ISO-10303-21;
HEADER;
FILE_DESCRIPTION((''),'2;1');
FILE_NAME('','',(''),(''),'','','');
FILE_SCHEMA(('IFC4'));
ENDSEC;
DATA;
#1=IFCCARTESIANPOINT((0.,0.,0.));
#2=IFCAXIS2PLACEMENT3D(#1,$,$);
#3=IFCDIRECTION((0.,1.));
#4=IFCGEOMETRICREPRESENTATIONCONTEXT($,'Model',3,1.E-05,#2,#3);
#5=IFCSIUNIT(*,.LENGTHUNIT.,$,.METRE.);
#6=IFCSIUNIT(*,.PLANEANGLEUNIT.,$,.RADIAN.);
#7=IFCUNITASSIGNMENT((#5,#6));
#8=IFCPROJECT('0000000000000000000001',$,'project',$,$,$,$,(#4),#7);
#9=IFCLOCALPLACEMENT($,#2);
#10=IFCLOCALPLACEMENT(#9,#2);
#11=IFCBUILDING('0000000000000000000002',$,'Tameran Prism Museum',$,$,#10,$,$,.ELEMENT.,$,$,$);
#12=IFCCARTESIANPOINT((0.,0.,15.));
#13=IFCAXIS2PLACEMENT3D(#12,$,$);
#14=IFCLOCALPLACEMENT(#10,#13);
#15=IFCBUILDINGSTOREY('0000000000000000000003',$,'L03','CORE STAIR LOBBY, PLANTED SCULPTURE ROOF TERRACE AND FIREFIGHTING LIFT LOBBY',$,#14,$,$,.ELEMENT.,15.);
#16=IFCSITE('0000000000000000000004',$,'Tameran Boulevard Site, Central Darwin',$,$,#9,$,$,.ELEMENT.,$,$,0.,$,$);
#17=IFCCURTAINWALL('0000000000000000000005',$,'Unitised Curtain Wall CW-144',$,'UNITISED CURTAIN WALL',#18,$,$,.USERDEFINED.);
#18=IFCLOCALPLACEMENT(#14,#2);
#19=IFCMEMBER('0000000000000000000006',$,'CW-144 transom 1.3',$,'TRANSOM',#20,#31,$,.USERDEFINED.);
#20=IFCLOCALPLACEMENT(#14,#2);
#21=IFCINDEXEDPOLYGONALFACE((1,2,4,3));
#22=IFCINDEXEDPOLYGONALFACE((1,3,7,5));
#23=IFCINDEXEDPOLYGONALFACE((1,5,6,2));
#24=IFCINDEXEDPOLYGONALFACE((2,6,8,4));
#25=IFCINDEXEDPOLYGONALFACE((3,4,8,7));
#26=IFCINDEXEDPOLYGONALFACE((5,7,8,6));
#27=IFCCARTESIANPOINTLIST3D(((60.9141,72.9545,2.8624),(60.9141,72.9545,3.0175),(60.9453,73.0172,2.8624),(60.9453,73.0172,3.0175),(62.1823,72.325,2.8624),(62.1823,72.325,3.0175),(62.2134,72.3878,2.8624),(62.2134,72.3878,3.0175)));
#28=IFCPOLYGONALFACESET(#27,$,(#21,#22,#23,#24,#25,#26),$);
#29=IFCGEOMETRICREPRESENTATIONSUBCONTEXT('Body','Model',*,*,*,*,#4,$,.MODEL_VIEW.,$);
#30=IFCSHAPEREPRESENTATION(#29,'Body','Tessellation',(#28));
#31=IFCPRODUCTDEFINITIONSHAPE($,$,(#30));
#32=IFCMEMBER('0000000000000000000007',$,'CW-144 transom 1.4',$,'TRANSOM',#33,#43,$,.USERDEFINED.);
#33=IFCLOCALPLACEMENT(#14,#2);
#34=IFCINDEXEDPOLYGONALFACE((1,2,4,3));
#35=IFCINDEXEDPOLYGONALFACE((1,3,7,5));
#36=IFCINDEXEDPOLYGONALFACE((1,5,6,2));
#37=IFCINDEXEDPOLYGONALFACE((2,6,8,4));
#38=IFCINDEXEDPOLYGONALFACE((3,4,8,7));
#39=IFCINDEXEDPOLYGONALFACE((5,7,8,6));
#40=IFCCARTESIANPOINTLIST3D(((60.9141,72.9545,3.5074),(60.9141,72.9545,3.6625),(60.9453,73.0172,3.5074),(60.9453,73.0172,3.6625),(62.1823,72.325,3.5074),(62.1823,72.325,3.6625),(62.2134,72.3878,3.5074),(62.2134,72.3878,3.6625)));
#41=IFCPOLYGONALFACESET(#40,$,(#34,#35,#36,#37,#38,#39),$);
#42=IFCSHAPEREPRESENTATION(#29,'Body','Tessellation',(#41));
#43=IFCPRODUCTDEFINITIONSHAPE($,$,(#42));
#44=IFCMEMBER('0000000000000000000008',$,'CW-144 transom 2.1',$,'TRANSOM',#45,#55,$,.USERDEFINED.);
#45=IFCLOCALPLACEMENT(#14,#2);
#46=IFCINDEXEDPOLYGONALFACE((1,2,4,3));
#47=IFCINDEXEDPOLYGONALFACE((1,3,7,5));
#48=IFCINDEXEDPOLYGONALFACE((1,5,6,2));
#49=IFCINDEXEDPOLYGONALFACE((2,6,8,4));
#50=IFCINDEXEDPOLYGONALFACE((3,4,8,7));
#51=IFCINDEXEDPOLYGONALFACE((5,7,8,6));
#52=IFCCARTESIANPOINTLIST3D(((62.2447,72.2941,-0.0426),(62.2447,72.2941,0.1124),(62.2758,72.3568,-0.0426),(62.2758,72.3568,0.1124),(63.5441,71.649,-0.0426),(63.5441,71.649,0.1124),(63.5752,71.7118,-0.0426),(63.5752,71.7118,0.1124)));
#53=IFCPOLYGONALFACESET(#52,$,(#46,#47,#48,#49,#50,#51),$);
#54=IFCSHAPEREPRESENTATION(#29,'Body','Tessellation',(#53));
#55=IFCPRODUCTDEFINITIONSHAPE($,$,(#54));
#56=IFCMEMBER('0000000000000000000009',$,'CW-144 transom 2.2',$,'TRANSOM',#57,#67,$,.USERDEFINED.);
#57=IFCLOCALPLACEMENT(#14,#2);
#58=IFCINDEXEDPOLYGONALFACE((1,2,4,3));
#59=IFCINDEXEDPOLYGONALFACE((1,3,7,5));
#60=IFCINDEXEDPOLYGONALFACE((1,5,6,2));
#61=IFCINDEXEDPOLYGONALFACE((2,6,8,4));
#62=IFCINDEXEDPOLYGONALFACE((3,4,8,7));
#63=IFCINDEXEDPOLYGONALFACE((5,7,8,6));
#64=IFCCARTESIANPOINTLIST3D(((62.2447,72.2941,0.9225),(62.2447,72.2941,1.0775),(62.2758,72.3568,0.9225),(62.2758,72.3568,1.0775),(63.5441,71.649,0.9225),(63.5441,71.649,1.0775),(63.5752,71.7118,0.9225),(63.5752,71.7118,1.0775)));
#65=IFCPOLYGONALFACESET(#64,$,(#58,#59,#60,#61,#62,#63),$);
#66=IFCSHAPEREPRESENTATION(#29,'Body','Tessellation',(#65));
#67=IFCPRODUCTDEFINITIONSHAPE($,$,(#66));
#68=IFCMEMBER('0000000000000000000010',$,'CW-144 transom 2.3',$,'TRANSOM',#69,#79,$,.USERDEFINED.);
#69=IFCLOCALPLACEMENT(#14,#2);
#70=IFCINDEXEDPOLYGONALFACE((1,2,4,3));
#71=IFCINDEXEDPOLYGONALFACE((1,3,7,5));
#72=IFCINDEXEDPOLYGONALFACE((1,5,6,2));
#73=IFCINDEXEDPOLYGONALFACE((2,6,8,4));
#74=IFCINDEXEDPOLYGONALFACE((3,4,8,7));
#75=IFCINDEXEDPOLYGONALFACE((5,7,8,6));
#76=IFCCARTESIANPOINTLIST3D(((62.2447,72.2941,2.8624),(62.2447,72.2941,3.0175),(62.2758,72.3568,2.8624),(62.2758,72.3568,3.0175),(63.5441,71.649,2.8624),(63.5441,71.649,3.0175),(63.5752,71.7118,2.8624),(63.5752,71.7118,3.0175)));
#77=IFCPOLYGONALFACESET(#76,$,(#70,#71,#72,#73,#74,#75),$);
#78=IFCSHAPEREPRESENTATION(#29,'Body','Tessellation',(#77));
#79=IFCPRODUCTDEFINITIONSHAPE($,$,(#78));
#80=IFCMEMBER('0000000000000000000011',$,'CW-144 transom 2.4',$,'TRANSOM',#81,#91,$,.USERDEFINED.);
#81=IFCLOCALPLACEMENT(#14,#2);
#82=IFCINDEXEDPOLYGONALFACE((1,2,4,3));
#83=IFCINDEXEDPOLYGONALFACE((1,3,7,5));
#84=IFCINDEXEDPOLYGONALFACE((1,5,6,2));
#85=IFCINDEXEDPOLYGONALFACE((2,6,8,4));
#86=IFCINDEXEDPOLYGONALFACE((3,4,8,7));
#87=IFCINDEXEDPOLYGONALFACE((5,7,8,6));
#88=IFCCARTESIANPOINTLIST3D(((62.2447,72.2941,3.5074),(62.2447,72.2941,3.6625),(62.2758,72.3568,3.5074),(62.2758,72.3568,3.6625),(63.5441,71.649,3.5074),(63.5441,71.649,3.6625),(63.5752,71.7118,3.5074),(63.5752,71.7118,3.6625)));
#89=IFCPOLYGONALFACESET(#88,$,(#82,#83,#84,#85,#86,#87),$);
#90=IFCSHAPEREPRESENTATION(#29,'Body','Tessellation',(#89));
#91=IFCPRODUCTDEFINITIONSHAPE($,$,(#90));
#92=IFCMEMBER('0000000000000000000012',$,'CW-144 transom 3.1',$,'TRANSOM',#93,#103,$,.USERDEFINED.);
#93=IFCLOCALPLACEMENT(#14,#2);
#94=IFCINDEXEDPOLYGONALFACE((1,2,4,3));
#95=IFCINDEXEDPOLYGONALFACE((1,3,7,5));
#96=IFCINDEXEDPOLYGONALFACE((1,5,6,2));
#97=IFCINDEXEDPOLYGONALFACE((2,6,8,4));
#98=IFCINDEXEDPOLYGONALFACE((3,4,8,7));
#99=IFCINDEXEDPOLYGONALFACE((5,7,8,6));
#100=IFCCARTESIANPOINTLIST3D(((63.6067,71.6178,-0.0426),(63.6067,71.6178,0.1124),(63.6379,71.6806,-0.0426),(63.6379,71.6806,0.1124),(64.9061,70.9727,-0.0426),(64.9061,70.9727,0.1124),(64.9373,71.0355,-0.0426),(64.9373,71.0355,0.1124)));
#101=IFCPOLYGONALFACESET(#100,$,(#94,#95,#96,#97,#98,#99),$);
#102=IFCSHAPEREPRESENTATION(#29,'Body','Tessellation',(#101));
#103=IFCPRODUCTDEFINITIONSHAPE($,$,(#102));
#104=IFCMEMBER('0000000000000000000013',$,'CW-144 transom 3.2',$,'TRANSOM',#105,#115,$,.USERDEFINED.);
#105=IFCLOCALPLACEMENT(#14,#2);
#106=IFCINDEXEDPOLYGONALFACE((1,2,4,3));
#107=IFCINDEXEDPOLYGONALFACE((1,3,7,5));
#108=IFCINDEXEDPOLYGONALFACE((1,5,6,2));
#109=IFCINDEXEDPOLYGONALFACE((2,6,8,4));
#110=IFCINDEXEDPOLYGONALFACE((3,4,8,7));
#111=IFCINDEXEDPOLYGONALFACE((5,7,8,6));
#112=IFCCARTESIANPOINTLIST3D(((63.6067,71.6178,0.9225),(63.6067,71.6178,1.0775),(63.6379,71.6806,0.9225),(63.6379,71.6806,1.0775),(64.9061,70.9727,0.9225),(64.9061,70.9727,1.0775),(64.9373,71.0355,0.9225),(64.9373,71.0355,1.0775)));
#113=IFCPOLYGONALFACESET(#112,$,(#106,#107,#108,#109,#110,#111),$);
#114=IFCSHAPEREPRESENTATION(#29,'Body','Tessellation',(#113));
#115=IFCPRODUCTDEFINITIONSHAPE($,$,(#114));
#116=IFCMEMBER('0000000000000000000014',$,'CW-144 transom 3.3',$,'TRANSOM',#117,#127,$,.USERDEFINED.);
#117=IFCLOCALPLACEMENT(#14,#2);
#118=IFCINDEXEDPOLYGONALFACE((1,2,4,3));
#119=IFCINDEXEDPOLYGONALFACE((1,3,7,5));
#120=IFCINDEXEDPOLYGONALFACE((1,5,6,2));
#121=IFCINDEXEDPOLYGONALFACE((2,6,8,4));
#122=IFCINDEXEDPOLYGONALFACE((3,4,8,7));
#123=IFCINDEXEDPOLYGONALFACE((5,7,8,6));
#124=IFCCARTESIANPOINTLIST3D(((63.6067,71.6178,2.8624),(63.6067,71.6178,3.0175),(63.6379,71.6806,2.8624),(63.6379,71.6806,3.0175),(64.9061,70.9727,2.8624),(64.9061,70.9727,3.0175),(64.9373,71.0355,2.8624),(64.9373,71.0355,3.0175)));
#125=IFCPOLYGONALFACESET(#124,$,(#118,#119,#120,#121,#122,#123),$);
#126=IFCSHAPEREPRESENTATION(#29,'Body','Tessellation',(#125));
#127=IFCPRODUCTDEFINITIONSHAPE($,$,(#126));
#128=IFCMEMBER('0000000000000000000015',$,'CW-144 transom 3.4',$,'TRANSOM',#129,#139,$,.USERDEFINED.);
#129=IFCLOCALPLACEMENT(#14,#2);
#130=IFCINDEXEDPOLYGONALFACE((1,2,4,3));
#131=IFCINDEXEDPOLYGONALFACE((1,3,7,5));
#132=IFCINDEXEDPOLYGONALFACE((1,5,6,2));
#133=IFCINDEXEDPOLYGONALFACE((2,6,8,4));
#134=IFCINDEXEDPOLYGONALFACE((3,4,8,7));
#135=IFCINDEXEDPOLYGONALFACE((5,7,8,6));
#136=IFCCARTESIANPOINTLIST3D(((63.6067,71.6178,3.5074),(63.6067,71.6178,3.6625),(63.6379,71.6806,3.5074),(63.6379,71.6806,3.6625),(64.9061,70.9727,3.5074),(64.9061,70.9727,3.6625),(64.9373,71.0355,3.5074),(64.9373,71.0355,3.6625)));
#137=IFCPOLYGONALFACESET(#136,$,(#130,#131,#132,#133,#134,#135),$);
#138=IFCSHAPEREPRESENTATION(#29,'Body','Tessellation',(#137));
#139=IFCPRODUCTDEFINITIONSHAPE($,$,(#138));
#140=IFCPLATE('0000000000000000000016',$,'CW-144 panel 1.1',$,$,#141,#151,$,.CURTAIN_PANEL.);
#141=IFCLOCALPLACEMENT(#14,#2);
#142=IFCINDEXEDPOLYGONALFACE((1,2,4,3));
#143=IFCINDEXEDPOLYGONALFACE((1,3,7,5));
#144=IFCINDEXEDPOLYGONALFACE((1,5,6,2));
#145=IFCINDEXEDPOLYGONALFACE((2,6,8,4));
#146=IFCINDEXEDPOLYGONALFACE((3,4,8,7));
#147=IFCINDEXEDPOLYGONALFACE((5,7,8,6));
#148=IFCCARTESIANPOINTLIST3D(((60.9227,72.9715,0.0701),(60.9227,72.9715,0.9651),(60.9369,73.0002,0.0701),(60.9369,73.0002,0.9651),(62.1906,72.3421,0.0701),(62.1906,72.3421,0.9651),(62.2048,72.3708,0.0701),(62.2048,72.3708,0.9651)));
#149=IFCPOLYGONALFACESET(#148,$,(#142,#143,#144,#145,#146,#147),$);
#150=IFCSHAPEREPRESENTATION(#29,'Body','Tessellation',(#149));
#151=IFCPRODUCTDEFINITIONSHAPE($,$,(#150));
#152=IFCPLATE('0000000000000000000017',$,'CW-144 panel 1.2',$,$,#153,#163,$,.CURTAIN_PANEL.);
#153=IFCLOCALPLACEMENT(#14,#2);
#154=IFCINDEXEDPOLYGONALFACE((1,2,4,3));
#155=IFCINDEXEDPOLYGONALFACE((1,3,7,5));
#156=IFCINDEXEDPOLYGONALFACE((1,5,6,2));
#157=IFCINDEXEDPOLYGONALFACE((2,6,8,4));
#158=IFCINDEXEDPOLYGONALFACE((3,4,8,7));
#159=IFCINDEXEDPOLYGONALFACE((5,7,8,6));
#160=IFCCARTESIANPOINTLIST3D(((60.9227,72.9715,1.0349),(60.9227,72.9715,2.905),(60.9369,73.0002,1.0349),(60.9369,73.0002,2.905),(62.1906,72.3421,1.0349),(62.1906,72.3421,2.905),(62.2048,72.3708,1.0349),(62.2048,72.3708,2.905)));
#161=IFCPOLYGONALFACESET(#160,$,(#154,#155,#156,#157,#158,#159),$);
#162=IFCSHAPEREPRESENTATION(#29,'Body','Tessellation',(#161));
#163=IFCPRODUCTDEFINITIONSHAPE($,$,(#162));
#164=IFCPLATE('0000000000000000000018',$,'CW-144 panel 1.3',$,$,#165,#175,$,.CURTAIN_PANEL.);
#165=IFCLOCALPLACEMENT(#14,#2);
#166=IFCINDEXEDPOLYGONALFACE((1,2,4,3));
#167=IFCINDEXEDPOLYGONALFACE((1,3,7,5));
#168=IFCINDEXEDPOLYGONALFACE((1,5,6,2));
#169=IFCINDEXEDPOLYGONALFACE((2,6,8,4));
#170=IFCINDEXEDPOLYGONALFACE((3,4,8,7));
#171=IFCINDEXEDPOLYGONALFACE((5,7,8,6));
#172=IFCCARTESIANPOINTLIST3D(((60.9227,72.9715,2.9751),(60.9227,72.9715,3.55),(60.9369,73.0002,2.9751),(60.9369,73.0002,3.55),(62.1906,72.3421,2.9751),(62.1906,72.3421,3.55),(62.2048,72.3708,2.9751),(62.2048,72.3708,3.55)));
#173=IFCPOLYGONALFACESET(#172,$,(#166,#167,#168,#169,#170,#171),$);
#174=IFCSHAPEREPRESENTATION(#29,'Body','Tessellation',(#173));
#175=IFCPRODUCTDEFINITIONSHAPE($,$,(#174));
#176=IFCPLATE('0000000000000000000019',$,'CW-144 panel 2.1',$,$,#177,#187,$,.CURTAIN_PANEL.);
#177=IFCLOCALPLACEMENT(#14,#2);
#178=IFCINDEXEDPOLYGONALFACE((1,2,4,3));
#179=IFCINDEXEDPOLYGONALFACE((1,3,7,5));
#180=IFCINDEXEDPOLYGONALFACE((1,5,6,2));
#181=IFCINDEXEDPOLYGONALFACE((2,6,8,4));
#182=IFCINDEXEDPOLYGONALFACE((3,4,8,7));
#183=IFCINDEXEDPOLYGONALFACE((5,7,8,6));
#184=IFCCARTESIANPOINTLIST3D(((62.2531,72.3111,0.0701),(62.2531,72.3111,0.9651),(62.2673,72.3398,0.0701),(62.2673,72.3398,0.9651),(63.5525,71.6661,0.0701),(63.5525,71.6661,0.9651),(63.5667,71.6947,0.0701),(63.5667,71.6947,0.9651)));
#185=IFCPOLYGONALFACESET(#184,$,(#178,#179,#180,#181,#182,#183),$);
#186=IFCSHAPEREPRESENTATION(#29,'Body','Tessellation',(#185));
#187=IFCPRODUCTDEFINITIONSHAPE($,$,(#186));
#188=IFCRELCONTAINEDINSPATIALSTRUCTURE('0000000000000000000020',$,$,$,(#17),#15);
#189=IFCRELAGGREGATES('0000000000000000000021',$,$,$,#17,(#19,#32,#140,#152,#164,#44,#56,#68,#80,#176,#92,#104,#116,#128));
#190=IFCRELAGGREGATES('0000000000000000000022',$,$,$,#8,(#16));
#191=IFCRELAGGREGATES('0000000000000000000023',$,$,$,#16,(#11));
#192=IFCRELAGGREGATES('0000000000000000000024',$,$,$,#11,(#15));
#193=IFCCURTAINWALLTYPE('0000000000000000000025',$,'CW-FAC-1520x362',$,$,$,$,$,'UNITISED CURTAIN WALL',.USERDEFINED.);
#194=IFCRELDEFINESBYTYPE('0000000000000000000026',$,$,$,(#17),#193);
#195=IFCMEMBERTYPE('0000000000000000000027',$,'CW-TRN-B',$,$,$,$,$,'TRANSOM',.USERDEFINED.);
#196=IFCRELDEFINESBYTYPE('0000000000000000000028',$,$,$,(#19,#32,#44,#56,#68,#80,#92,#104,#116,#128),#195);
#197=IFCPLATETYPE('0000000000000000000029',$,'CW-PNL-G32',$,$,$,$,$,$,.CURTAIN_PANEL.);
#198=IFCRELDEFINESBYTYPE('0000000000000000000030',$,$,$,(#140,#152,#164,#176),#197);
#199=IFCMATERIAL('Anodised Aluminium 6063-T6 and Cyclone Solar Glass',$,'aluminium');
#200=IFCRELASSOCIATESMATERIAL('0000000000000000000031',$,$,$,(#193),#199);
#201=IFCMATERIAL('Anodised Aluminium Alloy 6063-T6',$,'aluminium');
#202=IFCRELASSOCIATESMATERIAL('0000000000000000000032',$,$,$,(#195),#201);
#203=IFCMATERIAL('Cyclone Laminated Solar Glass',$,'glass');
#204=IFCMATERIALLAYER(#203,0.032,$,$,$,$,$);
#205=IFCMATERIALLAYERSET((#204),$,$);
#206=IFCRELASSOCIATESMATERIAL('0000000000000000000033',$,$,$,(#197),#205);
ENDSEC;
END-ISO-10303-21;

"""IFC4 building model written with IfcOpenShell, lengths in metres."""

from ifc_helpers import new_model, si_unit, direction, frame, origin, origin_2d, place, context, subcontext, project, spatial, rectangle, extrude, material, layer, layer_set, material_profile, profile_set, type_object, element, aggregate, save


model = new_model("IFC4")

# Units and contexts
model_context = context("Model", 3, precision=1e-05, world=origin(), true_north=direction((0.0, 1.0)))
body_context = subcontext(model_context, "Body", "Model", "MODEL_VIEW")
ifc_project = project(units=[si_unit("LENGTHUNIT", "METRE"), si_unit("PLANEANGLEUNIT", "RADIAN")], contexts=[model_context])

# Site, building, storey
site_placement = place(None, origin())
site = spatial("IfcSite", under=ifc_project, at=site_placement, Name="Tameran Boulevard Site, Central Darwin", CompositionType="ELEMENT", RefElevation=0.0)
building_placement = place(site_placement, origin())
building = spatial("IfcBuilding", under=site, at=building_placement, Name="Tameran Prism Museum", CompositionType="ELEMENT")
storey_placement = place(building_placement, frame((0.0, 0.0, 15.0)))
storey = spatial("IfcBuildingStorey", under=building, at=storey_placement, Name="L03", Description="CORE STAIR LOBBY, PLANTED SCULPTURE ROOF TERRACE AND FIREFIGHTING LIFT LOBBY", CompositionType="ELEMENT", Elevation=15.0)

# Curtain wall, members, plates
ifc_material_1 = material(Name="Anodised Aluminium 6063-T6 and Cyclone Solar Glass", Category="aluminium")
curtain_wall_type = type_object("IfcCurtainWallType", Name="CW-FAC-1520x362", ElementType="UNITISED CURTAIN WALL", PredefinedType="USERDEFINED", material=ifc_material_1)
curtain_wall_placement = place(storey_placement, origin())
curtain_wall = element("IfcCurtainWall", 1, at=curtain_wall_placement, inside=storey, type_object=curtain_wall_type, Name="Unitised Curtain Wall CW-144", ObjectType="UNITISED CURTAIN WALL", PredefinedType="USERDEFINED")
ifc_material_2 = material(Name="Anodised Aluminium Alloy 6063-T6", Category="aluminium")
ifc_material_profile_1 = material_profile(ifc_material_2, rectangle(XDim=0.0701, YDim=0.155, at=origin_2d()))
ifc_profile_set_1 = profile_set([ifc_material_profile_1])
member_type_1 = type_object("IfcMemberType", Name="CW-TRN-B", ElementType="TRANSOM", PredefinedType="USERDEFINED", material=ifc_profile_set_1)
member_1_placement = place(storey_placement, frame((60.9297, 72.9858, 2.9399), z_axis=(0.895734, -0.44459, 0.0), x_axis=(0.44459, 0.895734, 0.0)))
member_1 = element("IfcMember", 2, at=member_1_placement, type_object=member_type_1, Name="CW-144 transom 1.3", ObjectType="TRANSOM", PredefinedType="USERDEFINED", context=body_context, shape_type="SweptSolid", body=[
    extrude(rectangle(XDim=0.0701, YDim=0.155, at=origin_2d()), origin(), (0.0, 0.0, 1.0), 1.4158),
])
member_2_placement = place(storey_placement, frame((60.9297, 72.9858, 3.585), z_axis=(0.895734, -0.44459, 0.0), x_axis=(0.44459, 0.895734, 0.0)))
member_2 = element("IfcMember", 3, at=member_2_placement, type_object=member_type_1, Name="CW-144 transom 1.4", ObjectType="TRANSOM", PredefinedType="USERDEFINED", context=body_context, shape_type="SweptSolid", body=[
    extrude(rectangle(XDim=0.0701, YDim=0.155, at=origin_2d()), origin(), (0.0, 0.0, 1.0), 1.4158),
])
member_3_placement = place(storey_placement, frame((62.2603, 72.3254, 0.0349), z_axis=(0.895703, -0.444654, 0.0), x_axis=(0.444654, 0.895703, 0.0)))
member_3 = element("IfcMember", 4, at=member_3_placement, type_object=member_type_1, Name="CW-144 transom 2.1", ObjectType="TRANSOM", PredefinedType="USERDEFINED", context=body_context, shape_type="SweptSolid", body=[
    extrude(rectangle(XDim=0.0701, YDim=0.155, at=origin_2d()), origin(), (0.0, 0.0, 1.0), 1.4507),
])
member_4_placement = place(storey_placement, frame((62.2603, 72.3254, 1.0), z_axis=(0.895703, -0.444654, 0.0), x_axis=(0.444654, 0.895703, 0.0)))
member_4 = element("IfcMember", 5, at=member_4_placement, type_object=member_type_1, Name="CW-144 transom 2.2", ObjectType="TRANSOM", PredefinedType="USERDEFINED", context=body_context, shape_type="SweptSolid", body=[
    extrude(rectangle(XDim=0.0701, YDim=0.155, at=origin_2d()), origin(), (0.0, 0.0, 1.0), 1.4507),
])
member_5_placement = place(storey_placement, frame((62.2603, 72.3254, 2.9399), z_axis=(0.895703, -0.444654, 0.0), x_axis=(0.444654, 0.895703, 0.0)))
member_5 = element("IfcMember", 6, at=member_5_placement, type_object=member_type_1, Name="CW-144 transom 2.3", ObjectType="TRANSOM", PredefinedType="USERDEFINED", context=body_context, shape_type="SweptSolid", body=[
    extrude(rectangle(XDim=0.0701, YDim=0.155, at=origin_2d()), origin(), (0.0, 0.0, 1.0), 1.4507),
])
member_6_placement = place(storey_placement, frame((62.2603, 72.3254, 3.585), z_axis=(0.895703, -0.444654, 0.0), x_axis=(0.444654, 0.895703, 0.0)))
member_6 = element("IfcMember", 7, at=member_6_placement, type_object=member_type_1, Name="CW-144 transom 2.4", ObjectType="TRANSOM", PredefinedType="USERDEFINED", context=body_context, shape_type="SweptSolid", body=[
    extrude(rectangle(XDim=0.0701, YDim=0.155, at=origin_2d()), origin(), (0.0, 0.0, 1.0), 1.4507),
])
member_7_placement = place(storey_placement, frame((63.6223, 71.6492, 0.0349), z_axis=(0.895703, -0.444654, 0.0), x_axis=(0.444654, 0.895703, 0.0)))
member_7 = element("IfcMember", 8, at=member_7_placement, type_object=member_type_1, Name="CW-144 transom 3.1", ObjectType="TRANSOM", PredefinedType="USERDEFINED", context=body_context, shape_type="SweptSolid", body=[
    extrude(rectangle(XDim=0.0701, YDim=0.155, at=origin_2d()), origin(), (0.0, 0.0, 1.0), 1.4507),
])
member_8_placement = place(storey_placement, frame((63.6223, 71.6492, 1.0), z_axis=(0.895703, -0.444654, 0.0), x_axis=(0.444654, 0.895703, 0.0)))
member_8 = element("IfcMember", 9, at=member_8_placement, type_object=member_type_1, Name="CW-144 transom 3.2", ObjectType="TRANSOM", PredefinedType="USERDEFINED", context=body_context, shape_type="SweptSolid", body=[
    extrude(rectangle(XDim=0.0701, YDim=0.155, at=origin_2d()), origin(), (0.0, 0.0, 1.0), 1.4507),
])
member_9_placement = place(storey_placement, frame((63.6223, 71.6492, 2.9399), z_axis=(0.895703, -0.444654, 0.0), x_axis=(0.444654, 0.895703, 0.0)))
member_9 = element("IfcMember", 10, at=member_9_placement, type_object=member_type_1, Name="CW-144 transom 3.3", ObjectType="TRANSOM", PredefinedType="USERDEFINED", context=body_context, shape_type="SweptSolid", body=[
    extrude(rectangle(XDim=0.0701, YDim=0.155, at=origin_2d()), origin(), (0.0, 0.0, 1.0), 1.4507),
])
member_10_placement = place(storey_placement, frame((63.6223, 71.6492, 3.585), z_axis=(0.895703, -0.444654, 0.0), x_axis=(0.444654, 0.895703, 0.0)))
member_10 = element("IfcMember", 11, at=member_10_placement, type_object=member_type_1, Name="CW-144 transom 3.4", ObjectType="TRANSOM", PredefinedType="USERDEFINED", context=body_context, shape_type="SweptSolid", body=[
    extrude(rectangle(XDim=0.0701, YDim=0.155, at=origin_2d()), origin(), (0.0, 0.0, 1.0), 1.4507),
])
ifc_material_3 = material(Name="Cyclone Laminated Solar Glass", Category="glass")
ifc_layer_1 = layer(ifc_material_3, 0.032)
ifc_layer_set_1 = layer_set([ifc_layer_1])
plate_type = type_object("IfcPlateType", Name="CW-PNL-G32", PredefinedType="CURTAIN_PANEL", material=ifc_layer_set_1)
plate_1_placement = place(storey_placement, frame((61.5637, 72.6711, 0.0701), z_axis=(0.0, 0.0, 1.0), x_axis=(0.895712, -0.444634, 0.0)))
plate_1 = element("IfcPlate", 12, at=plate_1_placement, type_object=plate_type, Name="CW-144 panel 1.1", PredefinedType="CURTAIN_PANEL", context=body_context, shape_type="SweptSolid", body=[
    extrude(rectangle(XDim=1.4155, YDim=0.032, at=origin_2d()), origin(), (0.0, 0.0, 1.0), 0.895),
])
plate_2_placement = place(storey_placement, frame((61.5637, 72.6711, 1.0349), z_axis=(0.0, 0.0, 1.0), x_axis=(0.895712, -0.444634, 0.0)))
plate_2 = element("IfcPlate", 13, at=plate_2_placement, type_object=plate_type, Name="CW-144 panel 1.2", PredefinedType="CURTAIN_PANEL", context=body_context, shape_type="SweptSolid", body=[
    extrude(rectangle(XDim=1.4155, YDim=0.032, at=origin_2d()), origin(), (0.0, 0.0, 1.0), 1.8701),
])
plate_3_placement = place(storey_placement, frame((61.5637, 72.6711, 2.9751), z_axis=(0.0, 0.0, 1.0), x_axis=(0.895712, -0.444634, 0.0)))
plate_3 = element("IfcPlate", 14, at=plate_3_placement, type_object=plate_type, Name="CW-144 panel 1.3", PredefinedType="CURTAIN_PANEL", context=body_context, shape_type="SweptSolid", body=[
    extrude(rectangle(XDim=1.4155, YDim=0.032, at=origin_2d()), origin(), (0.0, 0.0, 1.0), 0.575),
])
plate_4_placement = place(storey_placement, frame((62.9099, 72.0029, 0.0701), z_axis=(0.0, 0.0, 1.0), x_axis=(0.895712, -0.444634, 0.0)))
plate_4 = element("IfcPlate", 15, at=plate_4_placement, type_object=plate_type, Name="CW-144 panel 2.1", PredefinedType="CURTAIN_PANEL", context=body_context, shape_type="SweptSolid", body=[
    extrude(rectangle(XDim=1.4507, YDim=0.032, at=origin_2d()), origin(), (0.0, 0.0, 1.0), 0.895),
])
aggregate(curtain_wall, [member_1, member_2, plate_1, plate_2, plate_3, member_3, member_4, member_5, member_6, plate_4, member_7, member_8, member_9, member_10])

save(model, "model.ifc")
